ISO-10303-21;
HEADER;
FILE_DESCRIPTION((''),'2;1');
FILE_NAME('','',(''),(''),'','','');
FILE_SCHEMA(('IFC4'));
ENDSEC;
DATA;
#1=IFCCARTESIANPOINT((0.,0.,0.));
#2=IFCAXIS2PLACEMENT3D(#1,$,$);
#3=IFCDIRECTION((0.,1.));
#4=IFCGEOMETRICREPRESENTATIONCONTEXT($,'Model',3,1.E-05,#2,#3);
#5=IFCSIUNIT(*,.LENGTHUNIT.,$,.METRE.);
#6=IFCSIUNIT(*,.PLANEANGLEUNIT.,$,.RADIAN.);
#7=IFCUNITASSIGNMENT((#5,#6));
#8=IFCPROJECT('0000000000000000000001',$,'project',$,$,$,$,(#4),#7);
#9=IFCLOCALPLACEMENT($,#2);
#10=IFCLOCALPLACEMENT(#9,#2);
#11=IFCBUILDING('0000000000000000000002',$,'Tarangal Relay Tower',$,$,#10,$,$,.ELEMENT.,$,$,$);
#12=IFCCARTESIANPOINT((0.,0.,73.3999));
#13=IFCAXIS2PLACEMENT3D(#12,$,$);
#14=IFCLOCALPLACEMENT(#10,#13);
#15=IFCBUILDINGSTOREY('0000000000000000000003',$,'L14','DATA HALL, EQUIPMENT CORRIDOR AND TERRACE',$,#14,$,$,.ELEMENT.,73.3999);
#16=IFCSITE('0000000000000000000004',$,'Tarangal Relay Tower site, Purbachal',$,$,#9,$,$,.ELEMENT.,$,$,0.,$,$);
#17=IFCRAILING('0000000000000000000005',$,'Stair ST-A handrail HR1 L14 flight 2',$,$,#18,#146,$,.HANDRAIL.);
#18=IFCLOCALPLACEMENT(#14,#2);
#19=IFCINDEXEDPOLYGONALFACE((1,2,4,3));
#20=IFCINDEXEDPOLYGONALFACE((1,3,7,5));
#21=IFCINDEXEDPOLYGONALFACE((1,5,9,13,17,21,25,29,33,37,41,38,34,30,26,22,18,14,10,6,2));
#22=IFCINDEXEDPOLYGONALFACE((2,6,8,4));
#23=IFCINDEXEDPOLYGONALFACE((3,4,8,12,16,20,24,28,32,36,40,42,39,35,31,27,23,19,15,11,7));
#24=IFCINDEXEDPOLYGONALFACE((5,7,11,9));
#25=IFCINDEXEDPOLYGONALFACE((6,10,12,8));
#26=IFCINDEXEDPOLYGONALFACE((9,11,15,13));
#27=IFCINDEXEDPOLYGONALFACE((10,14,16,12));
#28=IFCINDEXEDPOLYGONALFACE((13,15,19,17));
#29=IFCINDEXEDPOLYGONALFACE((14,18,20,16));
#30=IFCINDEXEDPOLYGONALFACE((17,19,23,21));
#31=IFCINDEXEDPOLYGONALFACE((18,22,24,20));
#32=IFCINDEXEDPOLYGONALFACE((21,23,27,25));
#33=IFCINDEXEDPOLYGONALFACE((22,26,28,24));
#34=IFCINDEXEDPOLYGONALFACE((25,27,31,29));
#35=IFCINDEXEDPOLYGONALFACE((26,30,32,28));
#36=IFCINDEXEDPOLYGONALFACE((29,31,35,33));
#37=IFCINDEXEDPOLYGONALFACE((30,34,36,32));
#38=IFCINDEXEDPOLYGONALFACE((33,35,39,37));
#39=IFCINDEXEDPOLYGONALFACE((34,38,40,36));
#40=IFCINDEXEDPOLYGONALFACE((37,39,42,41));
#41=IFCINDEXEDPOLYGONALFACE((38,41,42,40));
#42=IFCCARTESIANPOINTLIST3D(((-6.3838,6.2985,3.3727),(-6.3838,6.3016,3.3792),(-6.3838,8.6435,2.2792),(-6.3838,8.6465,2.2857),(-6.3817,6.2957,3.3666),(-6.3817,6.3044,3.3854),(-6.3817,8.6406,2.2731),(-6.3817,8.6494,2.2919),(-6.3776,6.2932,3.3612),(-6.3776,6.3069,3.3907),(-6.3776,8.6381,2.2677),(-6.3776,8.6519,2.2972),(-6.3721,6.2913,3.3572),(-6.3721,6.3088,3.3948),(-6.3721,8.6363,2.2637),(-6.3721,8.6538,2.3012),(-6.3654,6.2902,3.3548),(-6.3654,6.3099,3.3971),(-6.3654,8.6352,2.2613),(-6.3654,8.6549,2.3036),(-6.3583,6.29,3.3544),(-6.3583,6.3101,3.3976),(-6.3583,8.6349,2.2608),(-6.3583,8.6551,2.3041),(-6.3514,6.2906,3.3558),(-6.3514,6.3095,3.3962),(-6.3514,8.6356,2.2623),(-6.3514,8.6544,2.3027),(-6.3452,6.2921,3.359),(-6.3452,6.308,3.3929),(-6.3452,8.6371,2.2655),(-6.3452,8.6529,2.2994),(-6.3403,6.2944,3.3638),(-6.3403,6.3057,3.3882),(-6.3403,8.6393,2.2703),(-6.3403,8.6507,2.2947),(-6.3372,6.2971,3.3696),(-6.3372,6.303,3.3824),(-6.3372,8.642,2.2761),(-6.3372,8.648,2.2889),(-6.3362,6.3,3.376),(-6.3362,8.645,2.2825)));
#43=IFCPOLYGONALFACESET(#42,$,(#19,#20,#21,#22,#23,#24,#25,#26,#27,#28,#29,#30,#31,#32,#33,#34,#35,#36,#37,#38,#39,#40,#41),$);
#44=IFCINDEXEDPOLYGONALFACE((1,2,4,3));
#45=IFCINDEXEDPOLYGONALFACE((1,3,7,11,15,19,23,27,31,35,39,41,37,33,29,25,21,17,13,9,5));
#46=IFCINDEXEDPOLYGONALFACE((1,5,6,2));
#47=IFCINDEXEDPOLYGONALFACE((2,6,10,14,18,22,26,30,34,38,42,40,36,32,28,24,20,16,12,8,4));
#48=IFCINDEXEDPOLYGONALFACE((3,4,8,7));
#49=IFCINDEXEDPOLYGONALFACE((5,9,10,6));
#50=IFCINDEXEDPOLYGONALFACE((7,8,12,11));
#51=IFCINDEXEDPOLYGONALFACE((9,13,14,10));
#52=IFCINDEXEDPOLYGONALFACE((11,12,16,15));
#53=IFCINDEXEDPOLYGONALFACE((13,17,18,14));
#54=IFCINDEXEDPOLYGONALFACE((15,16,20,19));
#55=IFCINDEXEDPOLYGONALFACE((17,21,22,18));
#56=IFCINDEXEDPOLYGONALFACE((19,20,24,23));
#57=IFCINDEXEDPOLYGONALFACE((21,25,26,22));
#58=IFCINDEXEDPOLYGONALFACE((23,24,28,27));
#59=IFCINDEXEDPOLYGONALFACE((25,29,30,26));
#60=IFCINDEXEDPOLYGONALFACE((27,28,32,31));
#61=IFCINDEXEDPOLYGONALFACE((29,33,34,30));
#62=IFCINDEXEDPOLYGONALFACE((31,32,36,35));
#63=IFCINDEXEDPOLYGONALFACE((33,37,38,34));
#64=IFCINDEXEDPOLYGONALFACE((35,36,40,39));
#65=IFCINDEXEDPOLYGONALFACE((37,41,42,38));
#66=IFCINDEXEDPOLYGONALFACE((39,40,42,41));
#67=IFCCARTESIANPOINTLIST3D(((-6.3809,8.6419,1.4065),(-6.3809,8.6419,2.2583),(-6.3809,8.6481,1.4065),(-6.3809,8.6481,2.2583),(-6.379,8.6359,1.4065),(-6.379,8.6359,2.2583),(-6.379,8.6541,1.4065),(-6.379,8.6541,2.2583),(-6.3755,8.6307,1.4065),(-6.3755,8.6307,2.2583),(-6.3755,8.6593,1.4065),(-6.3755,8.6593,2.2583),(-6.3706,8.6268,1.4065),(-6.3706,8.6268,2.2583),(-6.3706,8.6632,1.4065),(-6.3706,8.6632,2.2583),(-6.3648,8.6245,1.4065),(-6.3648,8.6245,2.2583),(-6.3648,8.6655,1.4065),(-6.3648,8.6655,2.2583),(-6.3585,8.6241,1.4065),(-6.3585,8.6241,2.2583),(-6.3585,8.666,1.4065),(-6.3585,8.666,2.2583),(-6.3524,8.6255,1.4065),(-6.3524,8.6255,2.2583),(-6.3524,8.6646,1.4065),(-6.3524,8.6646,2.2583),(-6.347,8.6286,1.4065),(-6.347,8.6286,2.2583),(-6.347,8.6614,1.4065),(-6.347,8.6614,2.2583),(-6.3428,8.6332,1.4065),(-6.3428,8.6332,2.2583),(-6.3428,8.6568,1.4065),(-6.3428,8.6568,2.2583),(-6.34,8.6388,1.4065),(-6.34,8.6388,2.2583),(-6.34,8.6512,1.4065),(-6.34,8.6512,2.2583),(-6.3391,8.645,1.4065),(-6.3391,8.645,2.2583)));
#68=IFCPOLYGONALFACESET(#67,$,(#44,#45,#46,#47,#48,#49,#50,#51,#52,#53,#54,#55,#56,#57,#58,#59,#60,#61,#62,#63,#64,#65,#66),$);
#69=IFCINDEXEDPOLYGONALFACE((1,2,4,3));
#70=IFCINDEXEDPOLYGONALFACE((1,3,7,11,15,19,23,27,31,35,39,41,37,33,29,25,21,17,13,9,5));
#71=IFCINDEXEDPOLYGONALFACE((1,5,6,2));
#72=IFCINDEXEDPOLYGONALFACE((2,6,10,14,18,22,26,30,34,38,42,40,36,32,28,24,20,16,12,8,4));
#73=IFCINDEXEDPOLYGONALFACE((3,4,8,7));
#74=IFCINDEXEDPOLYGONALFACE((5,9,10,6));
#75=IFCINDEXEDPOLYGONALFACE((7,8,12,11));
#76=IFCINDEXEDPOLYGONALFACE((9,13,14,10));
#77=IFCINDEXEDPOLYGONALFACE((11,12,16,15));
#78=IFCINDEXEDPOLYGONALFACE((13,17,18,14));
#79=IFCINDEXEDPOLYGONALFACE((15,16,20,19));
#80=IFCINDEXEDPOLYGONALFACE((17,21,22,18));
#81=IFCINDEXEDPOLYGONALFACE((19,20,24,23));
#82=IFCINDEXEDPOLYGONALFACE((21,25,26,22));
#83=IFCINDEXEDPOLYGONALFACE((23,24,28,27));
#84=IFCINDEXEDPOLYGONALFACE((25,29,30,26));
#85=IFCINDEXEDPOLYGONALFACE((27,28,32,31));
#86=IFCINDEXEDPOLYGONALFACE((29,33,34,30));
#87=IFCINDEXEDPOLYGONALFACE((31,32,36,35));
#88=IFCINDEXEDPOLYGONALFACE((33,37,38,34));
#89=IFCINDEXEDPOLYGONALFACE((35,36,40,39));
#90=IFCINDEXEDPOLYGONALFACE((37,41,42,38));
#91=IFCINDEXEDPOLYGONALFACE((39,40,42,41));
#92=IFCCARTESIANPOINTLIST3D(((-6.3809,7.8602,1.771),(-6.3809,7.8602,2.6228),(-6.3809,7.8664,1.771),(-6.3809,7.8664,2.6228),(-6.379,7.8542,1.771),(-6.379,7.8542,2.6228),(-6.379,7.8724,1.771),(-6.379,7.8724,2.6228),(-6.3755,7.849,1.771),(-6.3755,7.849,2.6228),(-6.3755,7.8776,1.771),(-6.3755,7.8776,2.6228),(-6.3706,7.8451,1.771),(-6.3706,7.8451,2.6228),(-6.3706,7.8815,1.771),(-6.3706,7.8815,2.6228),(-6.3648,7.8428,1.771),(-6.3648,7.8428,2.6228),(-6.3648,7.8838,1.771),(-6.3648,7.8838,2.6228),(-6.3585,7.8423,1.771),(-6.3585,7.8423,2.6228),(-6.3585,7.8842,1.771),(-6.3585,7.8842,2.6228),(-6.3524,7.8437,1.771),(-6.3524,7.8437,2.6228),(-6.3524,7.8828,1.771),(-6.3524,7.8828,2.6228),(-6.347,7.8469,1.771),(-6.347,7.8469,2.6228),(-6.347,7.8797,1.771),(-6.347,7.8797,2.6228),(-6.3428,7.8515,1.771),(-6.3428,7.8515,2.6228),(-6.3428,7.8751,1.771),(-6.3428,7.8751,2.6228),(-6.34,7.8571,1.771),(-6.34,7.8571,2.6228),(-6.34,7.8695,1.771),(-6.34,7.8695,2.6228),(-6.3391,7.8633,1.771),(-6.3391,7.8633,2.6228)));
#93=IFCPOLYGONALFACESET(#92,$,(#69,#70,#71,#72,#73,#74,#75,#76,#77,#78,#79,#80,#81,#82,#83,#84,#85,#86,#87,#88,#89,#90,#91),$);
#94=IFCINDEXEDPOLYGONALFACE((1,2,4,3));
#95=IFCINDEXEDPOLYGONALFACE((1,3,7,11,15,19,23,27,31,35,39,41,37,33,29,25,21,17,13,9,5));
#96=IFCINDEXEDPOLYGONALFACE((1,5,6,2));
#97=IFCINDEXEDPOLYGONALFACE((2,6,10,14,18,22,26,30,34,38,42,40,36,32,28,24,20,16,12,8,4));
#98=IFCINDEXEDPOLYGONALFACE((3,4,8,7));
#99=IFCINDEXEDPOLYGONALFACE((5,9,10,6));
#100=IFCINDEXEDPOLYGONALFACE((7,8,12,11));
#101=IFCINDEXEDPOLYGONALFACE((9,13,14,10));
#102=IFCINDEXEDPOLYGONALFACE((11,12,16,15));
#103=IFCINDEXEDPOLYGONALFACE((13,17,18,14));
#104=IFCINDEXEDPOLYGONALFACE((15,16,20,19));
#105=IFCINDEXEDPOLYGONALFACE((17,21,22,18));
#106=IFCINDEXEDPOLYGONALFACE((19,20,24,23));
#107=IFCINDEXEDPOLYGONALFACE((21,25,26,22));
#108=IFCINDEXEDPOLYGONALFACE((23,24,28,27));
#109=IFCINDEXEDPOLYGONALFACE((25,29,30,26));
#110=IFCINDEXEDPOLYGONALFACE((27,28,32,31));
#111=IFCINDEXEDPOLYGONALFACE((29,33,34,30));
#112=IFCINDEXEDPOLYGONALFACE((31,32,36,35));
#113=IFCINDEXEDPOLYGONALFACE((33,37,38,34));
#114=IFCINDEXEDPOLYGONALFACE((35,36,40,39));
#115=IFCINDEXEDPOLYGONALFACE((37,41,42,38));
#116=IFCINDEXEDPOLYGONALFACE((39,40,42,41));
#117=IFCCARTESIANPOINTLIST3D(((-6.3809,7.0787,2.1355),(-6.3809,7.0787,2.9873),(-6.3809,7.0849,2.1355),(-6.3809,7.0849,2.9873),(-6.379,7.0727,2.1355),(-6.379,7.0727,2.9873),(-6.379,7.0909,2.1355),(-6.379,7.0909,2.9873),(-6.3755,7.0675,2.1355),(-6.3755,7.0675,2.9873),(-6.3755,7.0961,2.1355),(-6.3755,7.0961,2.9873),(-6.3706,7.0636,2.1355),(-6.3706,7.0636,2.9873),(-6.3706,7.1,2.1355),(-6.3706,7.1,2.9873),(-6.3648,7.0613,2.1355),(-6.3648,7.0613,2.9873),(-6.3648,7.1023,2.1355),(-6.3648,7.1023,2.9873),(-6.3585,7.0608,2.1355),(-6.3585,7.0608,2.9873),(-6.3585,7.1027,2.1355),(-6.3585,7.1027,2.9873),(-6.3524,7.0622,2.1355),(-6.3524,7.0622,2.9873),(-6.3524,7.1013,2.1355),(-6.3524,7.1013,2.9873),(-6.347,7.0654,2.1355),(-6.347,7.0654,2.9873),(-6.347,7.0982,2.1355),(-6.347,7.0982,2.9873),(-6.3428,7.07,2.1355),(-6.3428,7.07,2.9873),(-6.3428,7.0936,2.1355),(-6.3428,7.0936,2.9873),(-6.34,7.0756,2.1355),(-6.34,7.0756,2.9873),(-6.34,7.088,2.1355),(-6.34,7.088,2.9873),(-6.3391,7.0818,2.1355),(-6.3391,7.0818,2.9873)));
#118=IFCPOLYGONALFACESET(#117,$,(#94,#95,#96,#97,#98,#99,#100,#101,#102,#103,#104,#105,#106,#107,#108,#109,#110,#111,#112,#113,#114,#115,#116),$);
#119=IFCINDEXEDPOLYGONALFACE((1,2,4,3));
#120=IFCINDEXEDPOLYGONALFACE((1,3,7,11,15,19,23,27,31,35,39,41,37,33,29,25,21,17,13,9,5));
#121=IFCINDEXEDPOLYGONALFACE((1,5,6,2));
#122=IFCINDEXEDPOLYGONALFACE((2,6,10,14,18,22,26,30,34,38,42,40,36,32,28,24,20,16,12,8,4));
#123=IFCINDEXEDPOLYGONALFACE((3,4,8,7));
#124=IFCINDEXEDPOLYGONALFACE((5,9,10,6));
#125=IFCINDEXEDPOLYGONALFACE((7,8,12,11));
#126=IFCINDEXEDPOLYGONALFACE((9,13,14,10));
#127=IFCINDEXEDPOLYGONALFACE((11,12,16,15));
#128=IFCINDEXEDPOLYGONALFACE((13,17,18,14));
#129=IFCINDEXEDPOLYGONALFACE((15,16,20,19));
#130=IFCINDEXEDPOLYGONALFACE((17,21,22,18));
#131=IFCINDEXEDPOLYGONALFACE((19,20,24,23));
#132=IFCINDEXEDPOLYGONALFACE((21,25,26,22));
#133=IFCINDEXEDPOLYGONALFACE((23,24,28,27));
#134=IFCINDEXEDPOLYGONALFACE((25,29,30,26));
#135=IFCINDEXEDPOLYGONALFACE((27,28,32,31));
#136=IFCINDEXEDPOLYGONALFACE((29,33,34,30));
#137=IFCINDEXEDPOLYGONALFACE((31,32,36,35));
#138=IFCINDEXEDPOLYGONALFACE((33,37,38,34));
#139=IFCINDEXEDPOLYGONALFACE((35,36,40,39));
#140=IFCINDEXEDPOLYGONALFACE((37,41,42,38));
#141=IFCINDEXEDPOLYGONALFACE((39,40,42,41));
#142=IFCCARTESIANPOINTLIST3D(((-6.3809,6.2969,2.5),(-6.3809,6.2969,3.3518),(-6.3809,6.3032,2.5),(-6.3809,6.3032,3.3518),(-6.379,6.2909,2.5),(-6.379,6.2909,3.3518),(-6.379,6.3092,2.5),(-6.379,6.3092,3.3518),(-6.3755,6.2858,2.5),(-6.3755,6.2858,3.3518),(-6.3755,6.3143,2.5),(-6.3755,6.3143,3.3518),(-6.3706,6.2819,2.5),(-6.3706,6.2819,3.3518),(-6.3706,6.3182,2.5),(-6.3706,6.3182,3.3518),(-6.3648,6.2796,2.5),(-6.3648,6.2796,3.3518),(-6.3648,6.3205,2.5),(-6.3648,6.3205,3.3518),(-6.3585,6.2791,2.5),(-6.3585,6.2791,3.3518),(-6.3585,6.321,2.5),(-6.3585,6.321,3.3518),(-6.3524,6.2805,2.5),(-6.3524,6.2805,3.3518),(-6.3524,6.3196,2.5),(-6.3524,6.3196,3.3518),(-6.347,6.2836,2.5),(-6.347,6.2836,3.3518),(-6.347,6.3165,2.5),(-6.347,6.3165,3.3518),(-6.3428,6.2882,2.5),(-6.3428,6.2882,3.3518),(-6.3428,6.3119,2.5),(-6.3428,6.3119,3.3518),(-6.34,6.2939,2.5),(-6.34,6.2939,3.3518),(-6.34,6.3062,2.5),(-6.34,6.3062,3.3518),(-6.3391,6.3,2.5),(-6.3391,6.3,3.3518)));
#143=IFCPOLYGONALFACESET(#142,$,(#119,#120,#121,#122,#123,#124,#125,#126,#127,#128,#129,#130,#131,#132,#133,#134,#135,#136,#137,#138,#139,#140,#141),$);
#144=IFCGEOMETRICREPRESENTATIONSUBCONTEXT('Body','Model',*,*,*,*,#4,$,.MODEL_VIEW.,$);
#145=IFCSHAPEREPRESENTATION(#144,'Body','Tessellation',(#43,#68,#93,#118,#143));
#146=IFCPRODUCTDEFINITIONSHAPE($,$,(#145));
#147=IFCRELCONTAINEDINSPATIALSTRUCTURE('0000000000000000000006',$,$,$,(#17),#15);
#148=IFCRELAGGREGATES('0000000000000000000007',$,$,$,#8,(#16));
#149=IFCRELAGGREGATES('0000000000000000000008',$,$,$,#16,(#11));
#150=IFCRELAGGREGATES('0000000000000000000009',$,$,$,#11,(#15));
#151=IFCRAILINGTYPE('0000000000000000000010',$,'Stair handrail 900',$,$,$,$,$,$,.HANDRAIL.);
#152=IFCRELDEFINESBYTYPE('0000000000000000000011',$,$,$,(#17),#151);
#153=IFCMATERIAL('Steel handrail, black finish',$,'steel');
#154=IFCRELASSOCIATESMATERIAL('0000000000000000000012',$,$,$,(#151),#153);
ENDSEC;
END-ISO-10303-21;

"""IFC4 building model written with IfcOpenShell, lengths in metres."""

from ifc_helpers import new_model, si_unit, direction, frame, origin, origin_2d, place, context, subcontext, project, spatial, circle, extrude, material, type_object, element, save


model = new_model("IFC4")

# Units and contexts
model_context = context("Model", 3, precision=1e-05, world=origin(), true_north=direction((0.0, 1.0)))
body_context = subcontext(model_context, "Body", "Model", "MODEL_VIEW")
ifc_project = project(units=[si_unit("LENGTHUNIT", "METRE"), si_unit("PLANEANGLEUNIT", "RADIAN")], contexts=[model_context])

# Site, building, storey
site_placement = place(None, origin())
site = spatial("IfcSite", under=ifc_project, at=site_placement, Name="Tarangal Relay Tower site, Purbachal", CompositionType="ELEMENT", RefElevation=0.0)
building_placement = place(site_placement, origin())
building = spatial("IfcBuilding", under=site, at=building_placement, Name="Tarangal Relay Tower", CompositionType="ELEMENT")
storey_placement = place(building_placement, frame((0.0, 0.0, 73.3999)))
storey = spatial("IfcBuildingStorey", under=building, at=storey_placement, Name="L14", Description="DATA HALL, EQUIPMENT CORRIDOR AND TERRACE", CompositionType="ELEMENT", Elevation=73.3999)

# Railing
ifc_material_1 = material(Name="Steel handrail, black finish", Category="steel")
railing_type_1 = type_object("IfcRailingType", Name="Stair handrail 900", PredefinedType="HANDRAIL", material=ifc_material_1)
for number, where, name in (
    (1, (-6.3601, 8.645, 1.4065), "Stair ST-A handrail HR1 L14 flight 2"),
):
    element("IfcRailing", number, at=place(storey_placement, frame(where)), inside=storey, type_object=railing_type_1, Name=name, PredefinedType="HANDRAIL", context=body_context, shape_type="SweptSolid", body=[
        extrude(circle(Radius=0.0239, at=origin_2d()), frame((0.0, 0.0, 0.876), z_axis=(0.0, -0.906304, 0.422627), x_axis=(1.0, 0.0, 0.0)), (0.0, 0.0, 1.0), 2.5874),
        extrude(circle(Radius=0.021, at=origin_2d()), origin(), (0.0, 0.0, 1.0), 0.8518),
        extrude(circle(Radius=0.021, at=origin_2d()), frame((0.0, -0.7817, 0.3645)), (0.0, 0.0, 1.0), 0.8518),
        extrude(circle(Radius=0.021, at=origin_2d()), frame((0.0, -1.5632, 0.729)), (0.0, 0.0, 1.0), 0.8518),
        extrude(circle(Radius=0.021, at=origin_2d()), frame((0.0, -2.345, 1.0935)), (0.0, 0.0, 1.0), 0.8518),
    ])

save(model, "model.ifc")
